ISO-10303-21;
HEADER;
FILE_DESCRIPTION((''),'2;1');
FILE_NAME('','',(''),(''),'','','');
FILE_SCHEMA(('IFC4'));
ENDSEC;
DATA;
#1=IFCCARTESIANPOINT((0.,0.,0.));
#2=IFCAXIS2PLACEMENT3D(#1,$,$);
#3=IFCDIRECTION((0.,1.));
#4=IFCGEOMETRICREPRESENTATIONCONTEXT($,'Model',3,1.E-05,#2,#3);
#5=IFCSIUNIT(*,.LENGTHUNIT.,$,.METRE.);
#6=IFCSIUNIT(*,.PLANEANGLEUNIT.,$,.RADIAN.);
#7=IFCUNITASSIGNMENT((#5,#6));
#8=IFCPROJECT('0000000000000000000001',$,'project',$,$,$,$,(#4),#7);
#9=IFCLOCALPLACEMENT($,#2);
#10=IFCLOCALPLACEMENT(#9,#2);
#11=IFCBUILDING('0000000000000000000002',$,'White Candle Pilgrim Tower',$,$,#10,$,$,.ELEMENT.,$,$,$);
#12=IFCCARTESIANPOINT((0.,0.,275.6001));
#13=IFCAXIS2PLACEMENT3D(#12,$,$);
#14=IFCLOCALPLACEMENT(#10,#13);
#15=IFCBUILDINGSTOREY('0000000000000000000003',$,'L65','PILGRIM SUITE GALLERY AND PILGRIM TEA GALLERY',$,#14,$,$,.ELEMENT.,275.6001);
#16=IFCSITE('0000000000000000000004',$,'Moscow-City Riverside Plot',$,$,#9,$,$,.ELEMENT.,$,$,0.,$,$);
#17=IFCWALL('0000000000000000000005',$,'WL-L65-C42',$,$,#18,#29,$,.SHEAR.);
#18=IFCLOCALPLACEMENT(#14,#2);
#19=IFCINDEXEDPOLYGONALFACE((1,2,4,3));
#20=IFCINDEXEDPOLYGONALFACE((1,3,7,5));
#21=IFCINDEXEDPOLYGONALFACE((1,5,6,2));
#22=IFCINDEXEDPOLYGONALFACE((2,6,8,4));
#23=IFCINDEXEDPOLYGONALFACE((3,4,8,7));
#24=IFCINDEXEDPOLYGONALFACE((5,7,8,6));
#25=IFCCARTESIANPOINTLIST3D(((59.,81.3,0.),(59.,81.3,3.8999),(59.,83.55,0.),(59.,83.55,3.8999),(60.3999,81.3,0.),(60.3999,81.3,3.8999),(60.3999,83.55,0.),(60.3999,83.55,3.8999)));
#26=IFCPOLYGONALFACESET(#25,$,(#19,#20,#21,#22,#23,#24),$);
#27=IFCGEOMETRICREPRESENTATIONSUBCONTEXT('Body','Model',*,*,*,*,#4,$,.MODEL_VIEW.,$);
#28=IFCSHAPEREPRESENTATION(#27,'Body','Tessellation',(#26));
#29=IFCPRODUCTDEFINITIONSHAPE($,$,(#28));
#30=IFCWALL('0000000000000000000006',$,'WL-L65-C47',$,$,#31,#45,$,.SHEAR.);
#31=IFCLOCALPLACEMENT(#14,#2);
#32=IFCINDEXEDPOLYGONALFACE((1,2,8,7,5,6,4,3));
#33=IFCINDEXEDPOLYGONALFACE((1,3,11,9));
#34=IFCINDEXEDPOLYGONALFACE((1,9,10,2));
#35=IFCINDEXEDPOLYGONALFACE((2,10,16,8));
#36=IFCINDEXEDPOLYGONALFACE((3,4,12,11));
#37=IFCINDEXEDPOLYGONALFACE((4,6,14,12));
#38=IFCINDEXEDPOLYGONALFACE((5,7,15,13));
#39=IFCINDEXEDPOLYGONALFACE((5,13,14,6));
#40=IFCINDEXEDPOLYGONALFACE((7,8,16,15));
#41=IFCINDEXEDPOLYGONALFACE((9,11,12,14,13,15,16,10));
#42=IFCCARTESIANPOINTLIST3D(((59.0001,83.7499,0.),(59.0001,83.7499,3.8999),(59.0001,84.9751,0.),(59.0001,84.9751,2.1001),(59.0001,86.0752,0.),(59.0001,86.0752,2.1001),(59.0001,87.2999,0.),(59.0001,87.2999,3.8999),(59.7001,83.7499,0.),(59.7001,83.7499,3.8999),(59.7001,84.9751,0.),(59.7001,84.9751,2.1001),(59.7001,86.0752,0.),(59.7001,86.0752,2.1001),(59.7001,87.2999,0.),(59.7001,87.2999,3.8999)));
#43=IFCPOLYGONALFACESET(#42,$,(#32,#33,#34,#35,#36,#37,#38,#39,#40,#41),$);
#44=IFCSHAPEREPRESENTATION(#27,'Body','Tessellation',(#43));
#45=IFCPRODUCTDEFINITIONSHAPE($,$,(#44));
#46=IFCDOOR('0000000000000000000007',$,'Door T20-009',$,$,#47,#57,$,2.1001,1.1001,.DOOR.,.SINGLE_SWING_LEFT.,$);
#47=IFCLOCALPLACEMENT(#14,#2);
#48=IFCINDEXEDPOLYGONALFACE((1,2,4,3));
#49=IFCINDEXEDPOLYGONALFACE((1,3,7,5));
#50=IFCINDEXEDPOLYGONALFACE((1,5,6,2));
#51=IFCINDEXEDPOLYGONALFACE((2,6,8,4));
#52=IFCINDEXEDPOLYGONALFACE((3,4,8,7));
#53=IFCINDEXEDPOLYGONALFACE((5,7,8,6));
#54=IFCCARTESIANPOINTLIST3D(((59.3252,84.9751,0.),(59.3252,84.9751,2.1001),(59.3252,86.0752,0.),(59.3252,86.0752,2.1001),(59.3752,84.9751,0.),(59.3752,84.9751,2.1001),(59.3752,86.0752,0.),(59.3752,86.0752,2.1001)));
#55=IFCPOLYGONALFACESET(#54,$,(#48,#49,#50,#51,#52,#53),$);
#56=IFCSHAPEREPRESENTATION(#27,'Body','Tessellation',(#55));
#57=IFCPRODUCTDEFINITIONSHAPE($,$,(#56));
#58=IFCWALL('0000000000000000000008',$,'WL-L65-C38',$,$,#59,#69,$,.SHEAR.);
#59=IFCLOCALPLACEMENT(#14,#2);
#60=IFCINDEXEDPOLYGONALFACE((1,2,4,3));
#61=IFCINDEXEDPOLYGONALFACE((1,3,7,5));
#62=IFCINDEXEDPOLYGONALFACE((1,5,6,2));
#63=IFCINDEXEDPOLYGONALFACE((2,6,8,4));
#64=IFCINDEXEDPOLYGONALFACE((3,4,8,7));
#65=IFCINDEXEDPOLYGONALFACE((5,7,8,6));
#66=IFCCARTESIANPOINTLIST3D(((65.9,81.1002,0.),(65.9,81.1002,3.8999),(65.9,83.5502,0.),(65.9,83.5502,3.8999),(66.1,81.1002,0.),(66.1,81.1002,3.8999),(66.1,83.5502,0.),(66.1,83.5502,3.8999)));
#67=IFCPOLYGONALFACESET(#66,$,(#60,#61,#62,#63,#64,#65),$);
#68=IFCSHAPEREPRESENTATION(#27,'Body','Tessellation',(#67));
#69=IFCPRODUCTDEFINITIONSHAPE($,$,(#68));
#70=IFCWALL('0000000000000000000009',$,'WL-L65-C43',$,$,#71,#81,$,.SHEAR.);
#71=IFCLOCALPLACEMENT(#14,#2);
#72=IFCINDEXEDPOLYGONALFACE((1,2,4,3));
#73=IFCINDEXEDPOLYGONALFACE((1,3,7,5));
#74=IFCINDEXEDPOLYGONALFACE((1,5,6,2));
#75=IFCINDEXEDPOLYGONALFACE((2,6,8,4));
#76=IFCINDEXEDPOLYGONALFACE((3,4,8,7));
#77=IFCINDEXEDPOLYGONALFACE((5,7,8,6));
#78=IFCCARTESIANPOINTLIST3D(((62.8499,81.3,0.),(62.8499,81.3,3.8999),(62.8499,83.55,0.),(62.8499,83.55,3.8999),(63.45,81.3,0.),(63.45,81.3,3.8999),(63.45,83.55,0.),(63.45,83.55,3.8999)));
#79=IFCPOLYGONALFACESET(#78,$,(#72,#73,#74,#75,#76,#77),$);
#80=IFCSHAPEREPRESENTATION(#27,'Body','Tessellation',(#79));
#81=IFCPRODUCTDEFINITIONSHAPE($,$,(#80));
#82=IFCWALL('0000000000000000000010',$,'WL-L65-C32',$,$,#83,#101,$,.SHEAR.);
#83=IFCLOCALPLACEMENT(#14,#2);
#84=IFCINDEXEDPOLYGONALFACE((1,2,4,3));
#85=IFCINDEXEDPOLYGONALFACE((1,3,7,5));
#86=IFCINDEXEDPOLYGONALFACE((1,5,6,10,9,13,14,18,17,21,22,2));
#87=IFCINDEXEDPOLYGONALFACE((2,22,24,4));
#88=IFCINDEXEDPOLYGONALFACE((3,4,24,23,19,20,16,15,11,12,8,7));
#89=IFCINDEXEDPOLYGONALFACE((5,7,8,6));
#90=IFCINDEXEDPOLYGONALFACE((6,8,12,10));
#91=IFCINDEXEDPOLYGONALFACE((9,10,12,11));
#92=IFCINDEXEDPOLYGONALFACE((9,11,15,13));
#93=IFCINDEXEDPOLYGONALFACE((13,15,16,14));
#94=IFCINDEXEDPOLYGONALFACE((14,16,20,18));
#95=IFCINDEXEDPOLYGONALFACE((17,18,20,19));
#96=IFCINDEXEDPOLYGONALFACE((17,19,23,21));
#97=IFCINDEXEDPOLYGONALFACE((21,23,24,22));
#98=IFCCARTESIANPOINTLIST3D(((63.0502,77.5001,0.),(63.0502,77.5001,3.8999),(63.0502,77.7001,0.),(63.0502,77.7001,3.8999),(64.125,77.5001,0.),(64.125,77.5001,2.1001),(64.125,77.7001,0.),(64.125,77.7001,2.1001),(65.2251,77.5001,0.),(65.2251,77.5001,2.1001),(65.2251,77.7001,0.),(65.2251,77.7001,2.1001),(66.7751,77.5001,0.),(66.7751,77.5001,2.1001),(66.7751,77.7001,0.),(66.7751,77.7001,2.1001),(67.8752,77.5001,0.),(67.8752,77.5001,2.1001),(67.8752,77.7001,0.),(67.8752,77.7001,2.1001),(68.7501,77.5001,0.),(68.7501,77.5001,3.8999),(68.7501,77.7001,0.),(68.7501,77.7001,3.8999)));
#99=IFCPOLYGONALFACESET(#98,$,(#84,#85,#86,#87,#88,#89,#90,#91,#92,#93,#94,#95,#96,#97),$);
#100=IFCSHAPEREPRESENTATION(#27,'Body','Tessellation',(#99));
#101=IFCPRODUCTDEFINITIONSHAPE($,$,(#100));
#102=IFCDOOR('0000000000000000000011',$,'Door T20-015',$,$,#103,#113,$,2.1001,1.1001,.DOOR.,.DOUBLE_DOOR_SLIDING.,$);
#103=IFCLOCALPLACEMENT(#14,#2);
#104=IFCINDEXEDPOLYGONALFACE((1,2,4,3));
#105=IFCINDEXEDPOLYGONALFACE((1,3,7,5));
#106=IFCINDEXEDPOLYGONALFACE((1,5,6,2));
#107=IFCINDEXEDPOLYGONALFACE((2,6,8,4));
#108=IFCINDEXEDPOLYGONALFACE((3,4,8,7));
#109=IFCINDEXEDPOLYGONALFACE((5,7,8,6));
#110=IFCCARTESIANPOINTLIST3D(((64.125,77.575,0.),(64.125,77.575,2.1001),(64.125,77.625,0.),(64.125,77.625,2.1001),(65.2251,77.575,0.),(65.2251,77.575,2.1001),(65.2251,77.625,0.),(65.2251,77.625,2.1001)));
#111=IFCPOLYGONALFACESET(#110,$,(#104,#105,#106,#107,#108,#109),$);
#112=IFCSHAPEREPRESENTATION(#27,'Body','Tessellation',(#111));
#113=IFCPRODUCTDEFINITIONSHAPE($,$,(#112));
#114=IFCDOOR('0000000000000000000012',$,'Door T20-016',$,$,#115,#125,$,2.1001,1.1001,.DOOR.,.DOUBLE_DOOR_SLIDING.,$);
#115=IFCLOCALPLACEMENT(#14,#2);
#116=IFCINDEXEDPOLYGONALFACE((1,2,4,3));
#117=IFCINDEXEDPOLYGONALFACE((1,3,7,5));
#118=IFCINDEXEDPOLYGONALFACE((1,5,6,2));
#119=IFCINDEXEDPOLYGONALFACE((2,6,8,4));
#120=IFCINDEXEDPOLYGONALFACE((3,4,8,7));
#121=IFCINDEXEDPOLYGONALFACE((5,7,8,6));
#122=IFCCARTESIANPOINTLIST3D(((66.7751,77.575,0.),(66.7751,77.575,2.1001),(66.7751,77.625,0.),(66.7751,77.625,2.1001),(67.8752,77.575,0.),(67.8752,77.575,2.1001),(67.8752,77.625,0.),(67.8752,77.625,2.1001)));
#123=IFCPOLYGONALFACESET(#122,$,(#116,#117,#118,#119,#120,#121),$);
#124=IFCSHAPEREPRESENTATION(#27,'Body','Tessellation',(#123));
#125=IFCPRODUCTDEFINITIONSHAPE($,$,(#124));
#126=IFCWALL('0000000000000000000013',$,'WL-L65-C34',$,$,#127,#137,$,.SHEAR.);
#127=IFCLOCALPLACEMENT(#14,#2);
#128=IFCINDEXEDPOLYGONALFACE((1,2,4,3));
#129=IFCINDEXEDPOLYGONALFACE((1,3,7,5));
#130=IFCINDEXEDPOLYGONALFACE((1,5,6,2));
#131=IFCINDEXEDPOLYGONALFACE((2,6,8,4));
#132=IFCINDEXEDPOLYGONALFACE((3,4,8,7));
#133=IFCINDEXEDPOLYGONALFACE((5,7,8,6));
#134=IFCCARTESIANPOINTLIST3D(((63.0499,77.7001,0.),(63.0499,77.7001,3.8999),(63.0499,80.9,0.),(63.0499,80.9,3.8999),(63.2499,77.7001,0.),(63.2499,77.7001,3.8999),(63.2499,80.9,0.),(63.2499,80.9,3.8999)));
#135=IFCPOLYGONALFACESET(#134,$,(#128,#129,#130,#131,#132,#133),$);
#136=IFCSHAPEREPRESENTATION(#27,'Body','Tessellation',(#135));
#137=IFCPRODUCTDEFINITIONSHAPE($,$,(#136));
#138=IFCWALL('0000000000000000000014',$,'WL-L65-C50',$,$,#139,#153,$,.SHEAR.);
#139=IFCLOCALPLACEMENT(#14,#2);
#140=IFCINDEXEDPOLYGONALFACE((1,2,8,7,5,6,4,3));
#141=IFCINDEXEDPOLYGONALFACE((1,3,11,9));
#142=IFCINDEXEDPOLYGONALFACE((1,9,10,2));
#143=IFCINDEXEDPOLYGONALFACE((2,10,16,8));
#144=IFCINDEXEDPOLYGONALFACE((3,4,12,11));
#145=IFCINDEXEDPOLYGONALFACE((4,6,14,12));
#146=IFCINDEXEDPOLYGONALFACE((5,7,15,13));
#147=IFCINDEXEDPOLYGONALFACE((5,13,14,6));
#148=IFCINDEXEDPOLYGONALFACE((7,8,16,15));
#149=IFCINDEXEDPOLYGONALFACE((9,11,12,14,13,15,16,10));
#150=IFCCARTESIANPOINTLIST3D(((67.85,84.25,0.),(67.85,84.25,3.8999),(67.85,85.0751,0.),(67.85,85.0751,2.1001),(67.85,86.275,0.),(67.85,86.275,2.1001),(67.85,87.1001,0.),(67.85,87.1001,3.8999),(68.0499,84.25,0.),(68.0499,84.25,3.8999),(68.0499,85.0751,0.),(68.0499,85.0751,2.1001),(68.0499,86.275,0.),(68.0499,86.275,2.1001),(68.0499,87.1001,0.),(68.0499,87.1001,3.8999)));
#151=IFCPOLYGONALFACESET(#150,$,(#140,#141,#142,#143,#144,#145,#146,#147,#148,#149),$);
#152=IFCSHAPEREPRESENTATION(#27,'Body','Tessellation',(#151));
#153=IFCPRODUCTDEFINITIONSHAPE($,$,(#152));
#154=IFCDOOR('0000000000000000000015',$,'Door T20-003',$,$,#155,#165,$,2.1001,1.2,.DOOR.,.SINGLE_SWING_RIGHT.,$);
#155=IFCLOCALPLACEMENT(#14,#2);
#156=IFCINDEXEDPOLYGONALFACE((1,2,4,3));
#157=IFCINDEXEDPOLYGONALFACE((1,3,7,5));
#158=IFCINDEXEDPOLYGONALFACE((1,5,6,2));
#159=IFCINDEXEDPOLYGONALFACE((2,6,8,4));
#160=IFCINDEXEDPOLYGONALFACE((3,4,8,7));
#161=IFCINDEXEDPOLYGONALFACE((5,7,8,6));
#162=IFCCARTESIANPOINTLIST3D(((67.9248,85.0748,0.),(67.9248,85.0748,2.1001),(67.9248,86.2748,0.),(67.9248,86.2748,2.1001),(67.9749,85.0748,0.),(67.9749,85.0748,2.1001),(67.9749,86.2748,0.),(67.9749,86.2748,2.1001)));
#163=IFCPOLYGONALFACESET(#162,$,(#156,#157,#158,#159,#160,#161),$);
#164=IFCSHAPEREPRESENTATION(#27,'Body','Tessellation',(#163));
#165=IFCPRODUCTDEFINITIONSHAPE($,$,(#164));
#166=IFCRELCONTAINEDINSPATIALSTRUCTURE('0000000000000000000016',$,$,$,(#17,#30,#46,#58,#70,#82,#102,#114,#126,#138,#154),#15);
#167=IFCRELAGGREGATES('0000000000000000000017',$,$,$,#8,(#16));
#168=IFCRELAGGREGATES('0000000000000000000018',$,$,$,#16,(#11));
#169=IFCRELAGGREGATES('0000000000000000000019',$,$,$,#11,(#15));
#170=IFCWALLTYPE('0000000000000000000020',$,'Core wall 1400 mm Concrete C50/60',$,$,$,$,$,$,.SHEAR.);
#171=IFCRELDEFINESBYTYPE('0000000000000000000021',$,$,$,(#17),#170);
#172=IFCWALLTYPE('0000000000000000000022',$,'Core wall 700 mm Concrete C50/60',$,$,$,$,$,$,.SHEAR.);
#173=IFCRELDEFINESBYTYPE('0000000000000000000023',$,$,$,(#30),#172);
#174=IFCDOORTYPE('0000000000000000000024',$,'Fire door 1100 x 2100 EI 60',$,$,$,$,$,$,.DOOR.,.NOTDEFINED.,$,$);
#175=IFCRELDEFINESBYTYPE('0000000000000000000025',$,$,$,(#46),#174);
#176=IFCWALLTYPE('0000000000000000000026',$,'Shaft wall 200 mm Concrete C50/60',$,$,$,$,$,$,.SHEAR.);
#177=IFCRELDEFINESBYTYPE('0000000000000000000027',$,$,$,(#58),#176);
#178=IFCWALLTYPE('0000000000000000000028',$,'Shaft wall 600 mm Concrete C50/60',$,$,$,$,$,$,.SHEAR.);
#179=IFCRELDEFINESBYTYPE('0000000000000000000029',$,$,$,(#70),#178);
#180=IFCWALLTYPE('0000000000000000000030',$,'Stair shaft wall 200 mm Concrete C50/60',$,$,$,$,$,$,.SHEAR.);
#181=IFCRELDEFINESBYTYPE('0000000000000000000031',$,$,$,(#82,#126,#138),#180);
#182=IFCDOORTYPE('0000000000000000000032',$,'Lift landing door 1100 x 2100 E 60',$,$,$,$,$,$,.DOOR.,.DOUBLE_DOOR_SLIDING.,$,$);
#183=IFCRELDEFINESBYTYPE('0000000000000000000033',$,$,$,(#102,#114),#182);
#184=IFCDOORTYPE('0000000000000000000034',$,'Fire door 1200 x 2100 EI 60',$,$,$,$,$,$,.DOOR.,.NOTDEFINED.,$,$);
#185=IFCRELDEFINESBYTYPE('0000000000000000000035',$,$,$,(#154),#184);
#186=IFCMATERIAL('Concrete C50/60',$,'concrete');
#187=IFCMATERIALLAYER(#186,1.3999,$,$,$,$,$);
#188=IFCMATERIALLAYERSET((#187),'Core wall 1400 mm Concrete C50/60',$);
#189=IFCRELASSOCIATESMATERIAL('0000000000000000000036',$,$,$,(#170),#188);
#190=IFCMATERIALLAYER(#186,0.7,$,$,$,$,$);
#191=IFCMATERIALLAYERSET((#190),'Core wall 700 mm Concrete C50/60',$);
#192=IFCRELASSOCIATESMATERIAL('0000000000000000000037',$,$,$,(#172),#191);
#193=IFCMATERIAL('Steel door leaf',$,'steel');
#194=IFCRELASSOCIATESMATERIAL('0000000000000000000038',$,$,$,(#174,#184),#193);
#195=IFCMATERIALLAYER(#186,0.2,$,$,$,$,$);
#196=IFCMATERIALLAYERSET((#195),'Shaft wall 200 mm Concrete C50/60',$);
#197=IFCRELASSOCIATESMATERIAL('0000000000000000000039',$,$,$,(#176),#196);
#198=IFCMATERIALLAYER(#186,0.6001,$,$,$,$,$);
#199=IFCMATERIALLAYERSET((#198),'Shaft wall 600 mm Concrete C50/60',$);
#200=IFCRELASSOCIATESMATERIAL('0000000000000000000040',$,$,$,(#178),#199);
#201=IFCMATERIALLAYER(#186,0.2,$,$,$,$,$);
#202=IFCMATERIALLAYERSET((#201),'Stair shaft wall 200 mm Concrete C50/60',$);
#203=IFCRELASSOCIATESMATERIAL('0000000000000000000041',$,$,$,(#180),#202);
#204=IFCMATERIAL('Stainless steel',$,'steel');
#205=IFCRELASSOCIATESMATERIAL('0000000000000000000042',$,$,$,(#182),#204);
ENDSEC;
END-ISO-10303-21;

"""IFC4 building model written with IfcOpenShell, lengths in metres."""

from ifc_helpers import new_model, si_unit, direction, frame, frame_2d, origin, place, context, subcontext, project, spatial, rectangle, extrude, material, layer, layer_set, type_object, element, fill, save


model = new_model("IFC4")

# Units and contexts
model_context = context("Model", 3, precision=1e-05, world=origin(), true_north=direction((0.0, 1.0)))
body_context = subcontext(model_context, "Body", "Model", "MODEL_VIEW")
ifc_project = project(units=[si_unit("LENGTHUNIT", "METRE"), si_unit("PLANEANGLEUNIT", "RADIAN")], contexts=[model_context])

# Site, building, storey
site_placement = place(None, origin())
site = spatial("IfcSite", under=ifc_project, at=site_placement, Name="Moscow-City Riverside Plot", CompositionType="ELEMENT", RefElevation=0.0)
building_placement = place(site_placement, origin())
building = spatial("IfcBuilding", under=site, at=building_placement, Name="White Candle Pilgrim Tower", CompositionType="ELEMENT")
storey_placement = place(building_placement, frame((0.0, 0.0, 275.6001)))
storey = spatial("IfcBuildingStorey", under=building, at=storey_placement, Name="L65", Description="PILGRIM SUITE GALLERY AND PILGRIM TEA GALLERY", CompositionType="ELEMENT", Elevation=275.6001)

# Wall
ifc_material_1 = material(Name="Concrete C50/60", Category="concrete")
ifc_layer_1 = layer(ifc_material_1, 1.3999)
ifc_layer_set_1 = layer_set([ifc_layer_1], Name="Core wall 1400 mm Concrete C50/60")
wall_type_1 = type_object("IfcWallType", Name="Core wall 1400 mm Concrete C50/60", PredefinedType="SHEAR", material=ifc_layer_set_1)
wall_1_placement = place(storey_placement, frame((59.7, 81.3, 0.0), z_axis=(0.0, 0.0, 1.0), x_axis=(0.0, 1.0, 0.0)))
element("IfcWall", 1, at=wall_1_placement, inside=storey, type_object=wall_type_1, Name="WL-L65-C42", PredefinedType="SHEAR", context=body_context, shape_type="SweptSolid", body=[
    extrude(rectangle(XDim=2.25, YDim=1.3999, at=frame_2d((1.125, 0.0))), origin(), (0.0, 0.0, 1.0), 3.8999),
])

# Wall, opening, door
ifc_layer_2 = layer(ifc_material_1, 0.7)
ifc_layer_set_2 = layer_set([ifc_layer_2], Name="Core wall 700 mm Concrete C50/60")
wall_type_2 = type_object("IfcWallType", Name="Core wall 700 mm Concrete C50/60", PredefinedType="SHEAR", material=ifc_layer_set_2)
wall_2_placement = place(storey_placement, frame((59.3501, 83.75, 0.0), z_axis=(0.0, 0.0, 1.0), x_axis=(0.0, 1.0, 0.0)))
wall_2 = element("IfcWall", 2, at=wall_2_placement, inside=storey, type_object=wall_type_2, Name="WL-L65-C47", PredefinedType="SHEAR", context=body_context, shape_type="SweptSolid", body=[
    extrude(rectangle(XDim=3.55, YDim=0.7, at=frame_2d((1.7749, 0.0))), origin(), (0.0, 0.0, 1.0), 3.8999),
])
opening_1_placement = place(wall_2_placement, frame((1.2251, 0.0, 0.0)))
opening_1 = element("IfcOpeningElement", 3, at=opening_1_placement, cuts=wall_2, PredefinedType="OPENING", context=body_context, shape_type="SweptSolid", body=[
    extrude(rectangle(XDim=1.1001, YDim=2.1001, at=frame_2d((0.55, 1.05))), frame((0.0, 0.3599, 0.0), z_axis=(0.0, -1.0, 0.0), x_axis=(1.0, 0.0, 0.0)), (0.0, 0.0, 1.0), 0.72),
])
ifc_material_2 = material(Name="Steel door leaf", Category="steel")
door_type_1 = type_object("IfcDoorType", Name="Fire door 1100 x 2100 EI 60", OperationType="NOTDEFINED", PredefinedType="DOOR", material=ifc_material_2)
door_1_placement = place(opening_1_placement, origin())
door_1 = element("IfcDoor", 4, at=door_1_placement, inside=storey, type_object=door_type_1, Name="Door T20-009", OperationType="SINGLE_SWING_LEFT", OverallHeight=2.1001, OverallWidth=1.1001, PredefinedType="DOOR", context=body_context, shape_type="SweptSolid", body=[
    extrude(rectangle(XDim=1.1001, YDim=2.1001, at=frame_2d((0.55, 1.05))), frame((0.0, 0.0249, 0.0), z_axis=(0.0, -1.0, 0.0), x_axis=(1.0, 0.0, 0.0)), (0.0, 0.0, 1.0), 0.05),
])
fill(opening_1, door_1)

# Walls
ifc_layer_3 = layer(ifc_material_1, 0.2)
ifc_layer_set_3 = layer_set([ifc_layer_3], Name="Shaft wall 200 mm Concrete C50/60")
wall_type_3 = type_object("IfcWallType", Name="Shaft wall 200 mm Concrete C50/60", PredefinedType="SHEAR", material=ifc_layer_set_3)
wall_3_placement = place(storey_placement, frame((66.0, 81.1001, 0.0), z_axis=(0.0, 0.0, 1.0), x_axis=(0.0, 1.0, 0.0)))
element("IfcWall", 5, at=wall_3_placement, inside=storey, type_object=wall_type_3, Name="WL-L65-C38", PredefinedType="SHEAR", context=body_context, shape_type="SweptSolid", body=[
    extrude(rectangle(XDim=2.45, YDim=0.2, at=frame_2d((1.2251, 0.0))), origin(), (0.0, 0.0, 1.0), 3.8999),
])
ifc_layer_4 = layer(ifc_material_1, 0.6001)
ifc_layer_set_4 = layer_set([ifc_layer_4], Name="Shaft wall 600 mm Concrete C50/60")
wall_type_4 = type_object("IfcWallType", Name="Shaft wall 600 mm Concrete C50/60", PredefinedType="SHEAR", material=ifc_layer_set_4)
wall_4_placement = place(storey_placement, frame((63.1499, 81.3, 0.0), z_axis=(0.0, 0.0, 1.0), x_axis=(0.0, 1.0, 0.0)))
element("IfcWall", 6, at=wall_4_placement, inside=storey, type_object=wall_type_4, Name="WL-L65-C43", PredefinedType="SHEAR", context=body_context, shape_type="SweptSolid", body=[
    extrude(rectangle(XDim=2.25, YDim=0.6001, at=frame_2d((1.125, 0.0))), origin(), (0.0, 0.0, 1.0), 3.8999),
])

# Wall, openings, doors
ifc_layer_5 = layer(ifc_material_1, 0.2)
ifc_layer_set_5 = layer_set([ifc_layer_5], Name="Stair shaft wall 200 mm Concrete C50/60")
wall_type_5 = type_object("IfcWallType", Name="Stair shaft wall 200 mm Concrete C50/60", PredefinedType="SHEAR", material=ifc_layer_set_5)
wall_5_placement = place(storey_placement, frame((63.05, 77.6001, 0.0), z_axis=(0.0, 0.0, 1.0), x_axis=(1.0, 0.0, 0.0)))
wall_5 = element("IfcWall", 7, at=wall_5_placement, inside=storey, type_object=wall_type_5, Name="WL-L65-C32", PredefinedType="SHEAR", context=body_context, shape_type="SweptSolid", body=[
    extrude(rectangle(XDim=5.7, YDim=0.2, at=frame_2d((2.8501, 0.0))), origin(), (0.0, 0.0, 1.0), 3.8999),
])
opening_2_placement = place(wall_5_placement, frame((1.075, 0.0, 0.0)))
opening_2 = element("IfcOpeningElement", 8, at=opening_2_placement, cuts=wall_5, PredefinedType="OPENING", context=body_context, shape_type="SweptSolid", body=[
    extrude(rectangle(XDim=1.1001, YDim=2.1001, at=frame_2d((0.55, 1.05))), frame((0.0, 0.1099, 0.0), z_axis=(0.0, -1.0, 0.0), x_axis=(1.0, 0.0, 0.0)), (0.0, 0.0, 1.0), 0.22),
])
opening_3_placement = place(wall_5_placement, frame((3.7251, 0.0, 0.0)))
opening_3 = element("IfcOpeningElement", 9, at=opening_3_placement, cuts=wall_5, PredefinedType="OPENING", context=body_context, shape_type="SweptSolid", body=[
    extrude(rectangle(XDim=1.1001, YDim=2.1001, at=frame_2d((0.55, 1.05))), frame((0.0, 0.1099, 0.0), z_axis=(0.0, -1.0, 0.0), x_axis=(1.0, 0.0, 0.0)), (0.0, 0.0, 1.0), 0.22),
])
ifc_material_3 = material(Name="Stainless steel", Category="steel")
door_type_2 = type_object("IfcDoorType", Name="Lift landing door 1100 x 2100 E 60", OperationType="DOUBLE_DOOR_SLIDING", PredefinedType="DOOR", material=ifc_material_3)
door_2_placement = place(opening_2_placement, origin())
door_2 = element("IfcDoor", 10, at=door_2_placement, inside=storey, type_object=door_type_2, Name="Door T20-015", OperationType="DOUBLE_DOOR_SLIDING", OverallHeight=2.1001, OverallWidth=1.1001, PredefinedType="DOOR", context=body_context, shape_type="SweptSolid", body=[
    extrude(rectangle(XDim=1.1001, YDim=2.1001, at=frame_2d((0.55, 1.05))), frame((0.0, 0.0249, 0.0), z_axis=(0.0, -1.0, 0.0), x_axis=(1.0, 0.0, 0.0)), (0.0, 0.0, 1.0), 0.05),
])
fill(opening_2, door_2)
door_3_placement = place(opening_3_placement, origin())
door_3 = element("IfcDoor", 11, at=door_3_placement, inside=storey, type_object=door_type_2, Name="Door T20-016", OperationType="DOUBLE_DOOR_SLIDING", OverallHeight=2.1001, OverallWidth=1.1001, PredefinedType="DOOR", context=body_context, shape_type="SweptSolid", body=[
    extrude(rectangle(XDim=1.1001, YDim=2.1001, at=frame_2d((0.55, 1.05))), frame((0.0, 0.0249, 0.0), z_axis=(0.0, -1.0, 0.0), x_axis=(1.0, 0.0, 0.0)), (0.0, 0.0, 1.0), 0.05),
])
fill(opening_3, door_3)

# Wall
wall_6_placement = place(storey_placement, frame((63.1499, 77.7, 0.0), z_axis=(0.0, 0.0, 1.0), x_axis=(0.0, 1.0, 0.0)))
element("IfcWall", 12, at=wall_6_placement, inside=storey, type_object=wall_type_5, Name="WL-L65-C34", PredefinedType="SHEAR", context=body_context, shape_type="SweptSolid", body=[
    extrude(rectangle(XDim=3.2, YDim=0.2, at=frame_2d((1.6001, 0.0))), origin(), (0.0, 0.0, 1.0), 3.8999),
])

# Wall, opening, door
wall_7_placement = place(storey_placement, frame((67.95, 84.25, 0.0), z_axis=(0.0, 0.0, 1.0), x_axis=(0.0, 1.0, 0.0)))
wall_7 = element("IfcWall", 13, at=wall_7_placement, inside=storey, type_object=wall_type_5, Name="WL-L65-C50", PredefinedType="SHEAR", context=body_context, shape_type="SweptSolid", body=[
    extrude(rectangle(XDim=2.8501, YDim=0.2, at=frame_2d((1.425, 0.0))), origin(), (0.0, 0.0, 1.0), 3.8999),
])
opening_4_placement = place(wall_7_placement, frame((0.825, 0.0, 0.0)))
opening_4 = element("IfcOpeningElement", 14, at=opening_4_placement, cuts=wall_7, PredefinedType="OPENING", context=body_context, shape_type="SweptSolid", body=[
    extrude(rectangle(XDim=1.2, YDim=2.1001, at=frame_2d((0.6001, 1.05))), frame((0.0, 0.1099, 0.0), z_axis=(0.0, -1.0, 0.0), x_axis=(1.0, 0.0, 0.0)), (0.0, 0.0, 1.0), 0.22),
])
door_type_3 = type_object("IfcDoorType", Name="Fire door 1200 x 2100 EI 60", OperationType="NOTDEFINED", PredefinedType="DOOR", material=ifc_material_2)
door_4_placement = place(opening_4_placement, frame((1.2, 0.0, 0.0), z_axis=(0.0, 0.0, 1.0), x_axis=(-1.0, 0.0, 0.0)))
door_4 = element("IfcDoor", 15, at=door_4_placement, inside=storey, type_object=door_type_3, Name="Door T20-003", OperationType="SINGLE_SWING_RIGHT", OverallHeight=2.1001, OverallWidth=1.2, PredefinedType="DOOR", context=body_context, shape_type="SweptSolid", body=[
    extrude(rectangle(XDim=1.2, YDim=2.1001, at=frame_2d((0.6001, 1.05))), frame((0.0, 0.0249, 0.0), z_axis=(0.0, -1.0, 0.0), x_axis=(1.0, 0.0, 0.0)), (0.0, 0.0, 1.0), 0.05),
])
fill(opening_4, door_4)

save(model, "model.ifc")
